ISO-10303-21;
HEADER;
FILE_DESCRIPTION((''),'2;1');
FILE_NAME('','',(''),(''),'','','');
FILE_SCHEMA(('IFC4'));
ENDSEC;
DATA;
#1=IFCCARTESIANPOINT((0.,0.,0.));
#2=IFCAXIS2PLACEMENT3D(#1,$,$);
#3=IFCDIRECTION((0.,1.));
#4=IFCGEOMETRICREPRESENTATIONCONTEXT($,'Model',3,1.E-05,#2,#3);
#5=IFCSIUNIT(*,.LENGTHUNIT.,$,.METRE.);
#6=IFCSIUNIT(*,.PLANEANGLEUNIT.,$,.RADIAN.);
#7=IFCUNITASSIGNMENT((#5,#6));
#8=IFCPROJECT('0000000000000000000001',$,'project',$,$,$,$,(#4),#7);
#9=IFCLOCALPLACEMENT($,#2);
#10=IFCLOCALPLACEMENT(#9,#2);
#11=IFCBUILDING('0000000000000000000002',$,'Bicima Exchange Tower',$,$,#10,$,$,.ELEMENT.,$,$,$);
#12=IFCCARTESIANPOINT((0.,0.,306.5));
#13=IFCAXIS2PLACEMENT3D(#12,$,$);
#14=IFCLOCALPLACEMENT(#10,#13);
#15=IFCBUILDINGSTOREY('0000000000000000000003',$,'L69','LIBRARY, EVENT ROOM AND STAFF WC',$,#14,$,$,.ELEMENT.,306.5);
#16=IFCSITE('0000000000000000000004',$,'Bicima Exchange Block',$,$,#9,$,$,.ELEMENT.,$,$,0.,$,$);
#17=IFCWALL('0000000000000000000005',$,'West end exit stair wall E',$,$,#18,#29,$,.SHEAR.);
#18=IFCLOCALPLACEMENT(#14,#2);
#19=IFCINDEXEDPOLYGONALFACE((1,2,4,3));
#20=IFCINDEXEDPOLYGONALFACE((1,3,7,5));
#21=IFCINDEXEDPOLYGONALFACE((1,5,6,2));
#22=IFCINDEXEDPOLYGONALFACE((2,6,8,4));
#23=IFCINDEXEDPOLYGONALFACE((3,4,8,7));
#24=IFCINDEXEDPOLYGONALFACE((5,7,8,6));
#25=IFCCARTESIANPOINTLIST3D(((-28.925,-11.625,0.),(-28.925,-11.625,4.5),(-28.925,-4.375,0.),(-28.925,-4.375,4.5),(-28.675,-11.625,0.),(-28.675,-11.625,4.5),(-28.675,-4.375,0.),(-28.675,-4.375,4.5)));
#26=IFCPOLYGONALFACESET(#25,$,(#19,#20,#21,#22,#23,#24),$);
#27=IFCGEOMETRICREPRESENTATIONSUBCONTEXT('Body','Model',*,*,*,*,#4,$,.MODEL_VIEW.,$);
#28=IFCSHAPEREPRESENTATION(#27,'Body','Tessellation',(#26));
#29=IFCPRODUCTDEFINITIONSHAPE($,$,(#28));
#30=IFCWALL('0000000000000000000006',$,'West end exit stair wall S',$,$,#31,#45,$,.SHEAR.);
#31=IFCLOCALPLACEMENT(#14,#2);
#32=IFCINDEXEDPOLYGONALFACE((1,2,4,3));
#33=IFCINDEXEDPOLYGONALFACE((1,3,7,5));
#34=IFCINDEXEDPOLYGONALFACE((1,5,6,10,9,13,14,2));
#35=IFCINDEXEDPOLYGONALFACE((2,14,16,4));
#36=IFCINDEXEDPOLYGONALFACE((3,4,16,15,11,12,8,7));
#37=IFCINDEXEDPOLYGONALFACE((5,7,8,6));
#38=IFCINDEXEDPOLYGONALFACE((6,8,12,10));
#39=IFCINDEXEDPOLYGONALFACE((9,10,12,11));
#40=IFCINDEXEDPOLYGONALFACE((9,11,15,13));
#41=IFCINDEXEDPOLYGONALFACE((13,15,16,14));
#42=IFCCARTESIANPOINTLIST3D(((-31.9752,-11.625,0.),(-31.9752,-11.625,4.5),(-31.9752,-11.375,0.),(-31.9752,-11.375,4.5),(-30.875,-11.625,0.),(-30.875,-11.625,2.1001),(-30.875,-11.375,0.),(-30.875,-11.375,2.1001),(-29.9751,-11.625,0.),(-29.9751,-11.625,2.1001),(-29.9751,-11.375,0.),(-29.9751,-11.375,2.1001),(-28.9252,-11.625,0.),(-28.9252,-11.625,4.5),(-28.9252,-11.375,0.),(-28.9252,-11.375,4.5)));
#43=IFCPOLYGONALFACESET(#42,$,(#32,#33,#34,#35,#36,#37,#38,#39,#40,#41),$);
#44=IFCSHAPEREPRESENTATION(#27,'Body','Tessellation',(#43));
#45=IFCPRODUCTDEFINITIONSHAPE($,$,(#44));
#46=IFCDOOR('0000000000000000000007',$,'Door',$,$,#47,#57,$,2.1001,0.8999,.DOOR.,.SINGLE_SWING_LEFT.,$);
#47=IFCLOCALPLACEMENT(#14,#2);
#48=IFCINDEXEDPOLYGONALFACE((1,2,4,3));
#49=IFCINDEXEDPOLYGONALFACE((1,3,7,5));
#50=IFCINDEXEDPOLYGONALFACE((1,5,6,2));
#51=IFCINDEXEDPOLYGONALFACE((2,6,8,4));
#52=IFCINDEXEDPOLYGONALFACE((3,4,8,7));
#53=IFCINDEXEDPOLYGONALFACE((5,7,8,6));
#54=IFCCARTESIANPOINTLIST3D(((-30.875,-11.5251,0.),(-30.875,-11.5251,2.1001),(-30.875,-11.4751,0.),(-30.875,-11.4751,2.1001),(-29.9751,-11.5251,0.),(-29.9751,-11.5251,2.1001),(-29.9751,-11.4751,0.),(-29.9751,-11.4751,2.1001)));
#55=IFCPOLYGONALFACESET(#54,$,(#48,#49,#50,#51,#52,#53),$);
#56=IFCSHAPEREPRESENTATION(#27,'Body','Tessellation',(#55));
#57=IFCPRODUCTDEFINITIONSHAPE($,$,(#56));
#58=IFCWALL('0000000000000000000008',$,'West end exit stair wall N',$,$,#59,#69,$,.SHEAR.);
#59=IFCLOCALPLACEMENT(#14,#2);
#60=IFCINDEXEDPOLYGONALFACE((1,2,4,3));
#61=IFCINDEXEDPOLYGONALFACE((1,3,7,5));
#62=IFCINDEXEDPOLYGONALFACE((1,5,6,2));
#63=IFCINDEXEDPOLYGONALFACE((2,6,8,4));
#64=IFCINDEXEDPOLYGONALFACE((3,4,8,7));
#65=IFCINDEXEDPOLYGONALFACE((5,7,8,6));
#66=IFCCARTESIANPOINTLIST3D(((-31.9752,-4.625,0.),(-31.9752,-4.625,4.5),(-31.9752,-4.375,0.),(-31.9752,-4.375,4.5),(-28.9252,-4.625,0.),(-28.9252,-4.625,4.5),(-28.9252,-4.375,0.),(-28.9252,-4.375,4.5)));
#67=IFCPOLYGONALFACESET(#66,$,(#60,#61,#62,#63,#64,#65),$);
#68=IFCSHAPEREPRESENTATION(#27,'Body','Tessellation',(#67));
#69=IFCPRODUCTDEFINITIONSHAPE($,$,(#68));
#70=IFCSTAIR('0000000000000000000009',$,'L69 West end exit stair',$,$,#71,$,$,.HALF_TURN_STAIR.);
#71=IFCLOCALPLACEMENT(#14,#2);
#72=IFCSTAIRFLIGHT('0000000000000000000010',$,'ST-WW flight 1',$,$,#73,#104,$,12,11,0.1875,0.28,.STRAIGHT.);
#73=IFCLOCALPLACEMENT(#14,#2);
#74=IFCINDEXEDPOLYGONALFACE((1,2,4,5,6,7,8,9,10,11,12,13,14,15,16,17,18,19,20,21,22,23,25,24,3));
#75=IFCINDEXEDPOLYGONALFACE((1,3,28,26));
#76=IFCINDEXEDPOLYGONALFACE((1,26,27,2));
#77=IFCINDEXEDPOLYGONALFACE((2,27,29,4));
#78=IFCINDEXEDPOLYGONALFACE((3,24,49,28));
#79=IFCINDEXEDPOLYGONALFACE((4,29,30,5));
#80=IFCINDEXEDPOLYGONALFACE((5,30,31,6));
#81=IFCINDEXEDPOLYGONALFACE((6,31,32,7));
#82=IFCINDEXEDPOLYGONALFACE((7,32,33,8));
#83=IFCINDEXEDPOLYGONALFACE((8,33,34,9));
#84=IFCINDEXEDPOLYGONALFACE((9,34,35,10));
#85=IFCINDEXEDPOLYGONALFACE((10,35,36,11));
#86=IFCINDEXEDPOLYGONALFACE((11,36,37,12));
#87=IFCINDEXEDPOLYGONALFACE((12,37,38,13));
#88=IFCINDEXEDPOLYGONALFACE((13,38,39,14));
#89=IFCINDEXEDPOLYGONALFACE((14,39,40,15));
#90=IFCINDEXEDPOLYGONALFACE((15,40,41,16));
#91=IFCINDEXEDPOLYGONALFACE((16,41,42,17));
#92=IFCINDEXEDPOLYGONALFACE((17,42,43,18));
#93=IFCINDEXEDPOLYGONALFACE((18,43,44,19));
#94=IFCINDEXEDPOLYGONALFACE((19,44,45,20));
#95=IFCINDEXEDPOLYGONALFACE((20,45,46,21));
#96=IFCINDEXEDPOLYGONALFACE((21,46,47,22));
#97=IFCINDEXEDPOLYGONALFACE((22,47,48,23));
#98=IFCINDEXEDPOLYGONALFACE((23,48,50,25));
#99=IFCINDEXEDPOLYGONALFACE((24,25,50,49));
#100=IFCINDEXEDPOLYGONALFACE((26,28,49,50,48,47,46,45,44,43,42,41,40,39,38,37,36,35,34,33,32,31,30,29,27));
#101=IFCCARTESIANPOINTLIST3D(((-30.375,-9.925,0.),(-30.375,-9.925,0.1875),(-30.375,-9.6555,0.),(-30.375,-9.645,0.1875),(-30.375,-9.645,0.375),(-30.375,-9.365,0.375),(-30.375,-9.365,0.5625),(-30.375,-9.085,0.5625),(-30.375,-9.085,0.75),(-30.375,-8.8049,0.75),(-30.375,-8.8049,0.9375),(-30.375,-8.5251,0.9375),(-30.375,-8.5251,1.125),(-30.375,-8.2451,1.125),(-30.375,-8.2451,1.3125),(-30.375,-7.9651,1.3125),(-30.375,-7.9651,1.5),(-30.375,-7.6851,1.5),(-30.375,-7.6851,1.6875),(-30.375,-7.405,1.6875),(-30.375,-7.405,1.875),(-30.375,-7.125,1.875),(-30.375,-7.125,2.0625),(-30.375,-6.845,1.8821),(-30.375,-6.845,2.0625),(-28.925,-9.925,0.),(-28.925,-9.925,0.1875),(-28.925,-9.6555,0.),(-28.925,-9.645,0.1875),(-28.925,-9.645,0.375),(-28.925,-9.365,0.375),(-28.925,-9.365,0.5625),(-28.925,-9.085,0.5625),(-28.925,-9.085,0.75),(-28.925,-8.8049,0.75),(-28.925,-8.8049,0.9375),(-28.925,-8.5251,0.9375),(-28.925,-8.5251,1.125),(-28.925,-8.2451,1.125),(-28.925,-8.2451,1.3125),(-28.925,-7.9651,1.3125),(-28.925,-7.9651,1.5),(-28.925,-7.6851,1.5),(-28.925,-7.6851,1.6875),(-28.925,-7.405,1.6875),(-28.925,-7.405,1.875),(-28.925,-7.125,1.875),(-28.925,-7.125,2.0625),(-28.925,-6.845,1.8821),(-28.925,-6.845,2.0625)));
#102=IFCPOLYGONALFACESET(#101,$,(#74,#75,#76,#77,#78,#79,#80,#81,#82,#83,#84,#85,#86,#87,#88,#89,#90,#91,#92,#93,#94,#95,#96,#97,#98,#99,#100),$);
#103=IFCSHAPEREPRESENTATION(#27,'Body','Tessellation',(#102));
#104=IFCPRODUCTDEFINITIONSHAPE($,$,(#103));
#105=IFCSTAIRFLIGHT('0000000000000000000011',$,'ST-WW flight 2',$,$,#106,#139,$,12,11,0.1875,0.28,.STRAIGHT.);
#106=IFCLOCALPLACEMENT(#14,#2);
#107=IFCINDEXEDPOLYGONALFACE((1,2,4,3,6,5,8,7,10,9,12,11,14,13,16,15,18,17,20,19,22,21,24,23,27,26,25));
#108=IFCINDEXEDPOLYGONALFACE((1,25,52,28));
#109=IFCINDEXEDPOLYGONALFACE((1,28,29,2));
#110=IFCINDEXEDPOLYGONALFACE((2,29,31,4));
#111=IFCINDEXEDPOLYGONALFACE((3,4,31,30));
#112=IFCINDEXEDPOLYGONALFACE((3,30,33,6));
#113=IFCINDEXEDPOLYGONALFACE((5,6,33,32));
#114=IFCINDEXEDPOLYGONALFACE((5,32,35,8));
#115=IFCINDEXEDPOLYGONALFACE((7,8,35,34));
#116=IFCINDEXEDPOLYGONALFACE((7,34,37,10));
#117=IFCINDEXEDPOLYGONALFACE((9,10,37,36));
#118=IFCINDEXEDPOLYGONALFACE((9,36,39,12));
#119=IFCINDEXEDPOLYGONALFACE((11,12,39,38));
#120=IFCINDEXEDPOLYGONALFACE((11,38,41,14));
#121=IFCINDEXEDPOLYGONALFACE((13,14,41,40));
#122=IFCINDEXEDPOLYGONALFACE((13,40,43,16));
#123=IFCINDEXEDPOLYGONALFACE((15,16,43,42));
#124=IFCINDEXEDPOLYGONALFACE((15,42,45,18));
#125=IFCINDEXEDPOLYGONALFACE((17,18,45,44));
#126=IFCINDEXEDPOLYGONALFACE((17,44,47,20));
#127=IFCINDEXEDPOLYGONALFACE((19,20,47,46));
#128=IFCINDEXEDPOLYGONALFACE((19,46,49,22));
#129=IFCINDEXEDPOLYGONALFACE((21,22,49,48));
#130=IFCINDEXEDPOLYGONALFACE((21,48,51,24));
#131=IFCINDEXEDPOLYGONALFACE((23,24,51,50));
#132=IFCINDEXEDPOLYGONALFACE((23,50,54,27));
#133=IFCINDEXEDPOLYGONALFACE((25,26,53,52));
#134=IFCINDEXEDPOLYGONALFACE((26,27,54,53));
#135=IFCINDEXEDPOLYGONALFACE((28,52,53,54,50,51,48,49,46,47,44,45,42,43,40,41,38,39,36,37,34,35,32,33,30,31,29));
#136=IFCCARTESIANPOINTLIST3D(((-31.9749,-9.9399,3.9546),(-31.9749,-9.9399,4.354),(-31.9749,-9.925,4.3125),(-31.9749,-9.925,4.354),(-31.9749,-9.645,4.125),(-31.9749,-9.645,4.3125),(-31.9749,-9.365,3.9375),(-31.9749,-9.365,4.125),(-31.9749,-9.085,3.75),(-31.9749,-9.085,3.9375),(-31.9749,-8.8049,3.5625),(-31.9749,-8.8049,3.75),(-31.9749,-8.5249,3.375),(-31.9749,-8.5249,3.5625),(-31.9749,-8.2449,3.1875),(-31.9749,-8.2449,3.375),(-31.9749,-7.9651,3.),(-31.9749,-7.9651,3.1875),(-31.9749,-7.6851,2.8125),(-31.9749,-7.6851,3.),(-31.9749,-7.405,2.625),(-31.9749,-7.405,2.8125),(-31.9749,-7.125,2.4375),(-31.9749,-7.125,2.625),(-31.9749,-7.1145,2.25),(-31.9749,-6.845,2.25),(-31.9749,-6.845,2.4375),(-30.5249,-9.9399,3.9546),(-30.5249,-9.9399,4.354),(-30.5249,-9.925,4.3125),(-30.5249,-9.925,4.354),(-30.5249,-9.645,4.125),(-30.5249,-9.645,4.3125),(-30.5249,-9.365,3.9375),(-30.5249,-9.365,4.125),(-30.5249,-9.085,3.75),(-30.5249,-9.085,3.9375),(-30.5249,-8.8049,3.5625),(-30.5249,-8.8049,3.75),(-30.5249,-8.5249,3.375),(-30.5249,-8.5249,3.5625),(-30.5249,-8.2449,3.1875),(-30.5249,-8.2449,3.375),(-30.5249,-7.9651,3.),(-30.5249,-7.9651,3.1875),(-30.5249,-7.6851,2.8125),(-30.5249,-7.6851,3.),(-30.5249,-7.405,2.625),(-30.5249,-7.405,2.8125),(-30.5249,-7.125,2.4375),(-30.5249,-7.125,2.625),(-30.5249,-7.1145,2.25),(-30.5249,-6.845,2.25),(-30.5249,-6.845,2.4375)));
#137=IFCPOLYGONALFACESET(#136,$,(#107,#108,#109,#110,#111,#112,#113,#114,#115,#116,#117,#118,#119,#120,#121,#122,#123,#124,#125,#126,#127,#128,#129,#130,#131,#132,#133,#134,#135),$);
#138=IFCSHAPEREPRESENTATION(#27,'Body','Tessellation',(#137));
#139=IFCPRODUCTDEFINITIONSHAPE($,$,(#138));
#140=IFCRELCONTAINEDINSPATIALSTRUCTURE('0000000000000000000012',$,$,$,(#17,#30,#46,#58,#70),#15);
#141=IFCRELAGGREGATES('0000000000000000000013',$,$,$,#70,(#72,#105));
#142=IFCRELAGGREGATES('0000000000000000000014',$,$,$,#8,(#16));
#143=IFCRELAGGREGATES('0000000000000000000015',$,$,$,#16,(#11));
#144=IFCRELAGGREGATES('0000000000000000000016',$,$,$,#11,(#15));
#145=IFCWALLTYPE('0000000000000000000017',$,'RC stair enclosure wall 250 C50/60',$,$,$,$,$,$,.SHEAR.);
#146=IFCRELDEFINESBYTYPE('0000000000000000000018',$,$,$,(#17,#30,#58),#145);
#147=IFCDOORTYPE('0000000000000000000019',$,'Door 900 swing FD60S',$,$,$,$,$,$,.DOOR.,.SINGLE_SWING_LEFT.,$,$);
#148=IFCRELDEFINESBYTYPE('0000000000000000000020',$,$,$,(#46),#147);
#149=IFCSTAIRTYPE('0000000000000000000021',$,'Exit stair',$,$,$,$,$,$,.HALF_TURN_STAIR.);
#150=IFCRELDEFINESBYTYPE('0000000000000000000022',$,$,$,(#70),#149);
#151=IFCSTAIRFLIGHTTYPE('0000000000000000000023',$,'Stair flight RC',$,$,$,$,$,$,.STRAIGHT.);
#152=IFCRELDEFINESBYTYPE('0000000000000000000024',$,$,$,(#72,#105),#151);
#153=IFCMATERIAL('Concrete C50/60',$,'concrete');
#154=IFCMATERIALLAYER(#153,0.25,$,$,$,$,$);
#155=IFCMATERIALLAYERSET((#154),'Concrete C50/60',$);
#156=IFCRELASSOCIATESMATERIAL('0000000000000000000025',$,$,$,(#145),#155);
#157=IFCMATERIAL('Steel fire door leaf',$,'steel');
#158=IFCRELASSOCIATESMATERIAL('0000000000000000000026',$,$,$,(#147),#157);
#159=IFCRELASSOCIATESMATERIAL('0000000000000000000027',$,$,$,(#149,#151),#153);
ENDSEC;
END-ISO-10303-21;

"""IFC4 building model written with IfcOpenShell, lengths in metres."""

from ifc_helpers import new_model, si_unit, direction, frame, frame_2d, origin, place, context, subcontext, project, spatial, polyline, rectangle, outline, extrude, material, layer, layer_set, type_object, element, fill, aggregate, save


model = new_model("IFC4")

# Units and contexts
model_context = context("Model", 3, precision=1e-05, world=origin(), true_north=direction((0.0, 1.0)))
body_context = subcontext(model_context, "Body", "Model", "MODEL_VIEW")
ifc_project = project(units=[si_unit("LENGTHUNIT", "METRE"), si_unit("PLANEANGLEUNIT", "RADIAN")], contexts=[model_context])

# Site, building, storey
site_placement = place(None, origin())
site = spatial("IfcSite", under=ifc_project, at=site_placement, Name="Bicima Exchange Block", CompositionType="ELEMENT", RefElevation=0.0)
building_placement = place(site_placement, origin())
building = spatial("IfcBuilding", under=site, at=building_placement, Name="Bicima Exchange Tower", CompositionType="ELEMENT")
storey_placement = place(building_placement, frame((0.0, 0.0, 306.5)))
storey = spatial("IfcBuildingStorey", under=building, at=storey_placement, Name="L69", Description="LIBRARY, EVENT ROOM AND STAFF WC", CompositionType="ELEMENT", Elevation=306.5)

# Shared definitions
ifc_material_1 = material(Name="Steel fire door leaf", Category="steel")

# Wall
ifc_material_2 = material(Name="Concrete C50/60", Category="concrete")
ifc_layer_1 = layer(ifc_material_2, 0.25)
ifc_layer_set_1 = layer_set([ifc_layer_1], Name="Concrete C50/60")
wall_type_1 = type_object("IfcWallType", Name="RC stair enclosure wall 250 C50/60", PredefinedType="SHEAR", material=ifc_layer_set_1)
wall_1_placement = place(storey_placement, frame((-28.8, -11.625, 0.0), z_axis=(0.0, 0.0, 1.0), x_axis=(0.0, 1.0, 0.0)))
element("IfcWall", 1, at=wall_1_placement, inside=storey, type_object=wall_type_1, Name="West end exit stair wall E", PredefinedType="SHEAR", context=body_context, shape_type="SweptSolid", body=[
    extrude(rectangle(XDim=7.25, YDim=0.25, at=frame_2d((3.625, 0.0))), origin(), (0.0, 0.0, 1.0), 4.5),
])

# Wall, opening, door
wall_2_placement = place(storey_placement, frame((-31.9751, -11.5, 0.0), z_axis=(0.0, 0.0, 1.0), x_axis=(1.0, 0.0, 0.0)))
wall_2 = element("IfcWall", 2, at=wall_2_placement, inside=storey, type_object=wall_type_1, Name="West end exit stair wall S", PredefinedType="SHEAR", context=body_context, shape_type="SweptSolid", body=[
    extrude(rectangle(XDim=3.05, YDim=0.25, at=frame_2d((1.5249, 0.0))), origin(), (0.0, 0.0, 1.0), 4.5),
])
opening_1_placement = place(wall_2_placement, frame((1.1001, 0.0, 0.0)))
opening_1 = element("IfcOpeningElement", 3, at=opening_1_placement, cuts=wall_2, PredefinedType="OPENING", context=body_context, shape_type="SweptSolid", body=[
    extrude(rectangle(XDim=0.8999, YDim=2.1001, at=frame_2d((0.45, 1.05))), frame((0.0, 0.137, 0.0), z_axis=(0.0, -1.0, 0.0), x_axis=(1.0, 0.0, 0.0)), (0.0, 0.0, 1.0), 0.2739),
])
door_type_1 = type_object("IfcDoorType", Name="Door 900 swing FD60S", OperationType="SINGLE_SWING_LEFT", PredefinedType="DOOR", material=ifc_material_1)
door_1_placement = place(opening_1_placement, origin())
door_1 = element("IfcDoor", 4, at=door_1_placement, inside=storey, type_object=door_type_1, Name="Door", OperationType="SINGLE_SWING_LEFT", OverallHeight=2.1001, OverallWidth=0.8999, PredefinedType="DOOR", context=body_context, shape_type="SweptSolid", body=[
    extrude(rectangle(XDim=0.8999, YDim=2.1001, at=frame_2d((0.45, 1.05))), frame((0.0, 0.0249, 0.0), z_axis=(0.0, -1.0, 0.0), x_axis=(1.0, 0.0, 0.0)), (0.0, 0.0, 1.0), 0.05),
])
fill(opening_1, door_1)

# Wall
wall_3_placement = place(storey_placement, frame((-31.9751, -4.5, 0.0), z_axis=(0.0, 0.0, 1.0), x_axis=(1.0, 0.0, 0.0)))
element("IfcWall", 5, at=wall_3_placement, inside=storey, type_object=wall_type_1, Name="West end exit stair wall N", PredefinedType="SHEAR", context=body_context, shape_type="SweptSolid", body=[
    extrude(rectangle(XDim=3.05, YDim=0.25, at=frame_2d((1.5249, 0.0))), origin(), (0.0, 0.0, 1.0), 4.5),
])

# Stair, stair flights
stair_type = type_object("IfcStairType", Name="Exit stair", PredefinedType="HALF_TURN_STAIR", material=ifc_material_2)
stair_placement = place(storey_placement, origin())
stair = element("IfcStair", 6, at=stair_placement, inside=storey, type_object=stair_type, Name="L69 West end exit stair", PredefinedType="HALF_TURN_STAIR")
stair_flight_type = type_object("IfcStairFlightType", Name="Stair flight RC", PredefinedType="STRAIGHT", material=ifc_material_2)
stair_flight_1_placement = place(storey_placement, frame((-29.6499, -9.925, 0.0), z_axis=(0.0, 0.0, 1.0), x_axis=(0.0, 1.0, 0.0)))
stair_flight_1 = element("IfcStairFlight", 7, at=stair_flight_1_placement, type_object=stair_flight_type, Name="ST-WW flight 1", NumberOfRisers=12, NumberOfTreads=11, PredefinedType="STRAIGHT", RiserHeight=0.1875, TreadLength=0.28, context=body_context, shape_type="SweptSolid", body=[
    extrude(outline(polyline([(0.0, 0.0), (0.0, 0.1875), (0.28, 0.1875), (0.28, 0.375), (0.5601, 0.375), (0.5601, 0.5625), (0.8401, 0.5625), (0.8401, 0.75), (1.1201, 0.75), (1.1201, 0.9375), (1.3999, 0.9375), (1.3999, 1.125), (1.6799, 1.125), (1.6799, 1.3125), (1.96, 1.3125), (1.96, 1.5), (2.24, 1.5), (2.24, 1.6875), (2.52, 1.6875), (2.52, 1.875), (2.8, 1.875), (2.8, 2.0625), (3.0801, 2.0625), (3.0801, 2.25), (3.0801, 1.8821), (0.2695, 0.0), (0.0, 0.0)])), frame((0.0, 0.7251, 0.0), z_axis=(0.0, -1.0, 0.0), x_axis=(1.0, 0.0, 0.0)), (0.0, 0.0, 1.0), 1.45),
])
stair_flight_2_placement = place(storey_placement, frame((-31.25, -6.845, 2.25), z_axis=(0.0, 0.0, 1.0), x_axis=(0.0, -1.0, 0.0)))
stair_flight_2 = element("IfcStairFlight", 8, at=stair_flight_2_placement, type_object=stair_flight_type, Name="ST-WW flight 2", NumberOfRisers=12, NumberOfTreads=11, PredefinedType="STRAIGHT", RiserHeight=0.1875, TreadLength=0.28, context=body_context, shape_type="SweptSolid", body=[
    extrude(outline(polyline([(0.0, 0.0), (0.0, 0.1875), (0.28, 0.1875), (0.28, 0.375), (0.5601, 0.375), (0.5601, 0.5625), (0.8401, 0.5625), (0.8401, 0.75), (1.1201, 0.75), (1.1201, 0.9375), (1.3999, 0.9375), (1.3999, 1.125), (1.6799, 1.125), (1.6799, 1.3125), (1.96, 1.3125), (1.96, 1.5), (2.24, 1.5), (2.24, 1.6875), (2.52, 1.6875), (2.52, 1.875), (2.8, 1.875), (2.8, 2.0625), (3.0801, 2.0625), (3.0801, 2.104), (3.095, 2.104), (3.095, 1.7046), (0.2695, 0.0), (0.0, 0.0)])), frame((0.0, 0.7251, 0.0), z_axis=(0.0, -1.0, 0.0), x_axis=(1.0, 0.0, 0.0)), (0.0, 0.0, 1.0), 1.45),
])
aggregate(stair, [stair_flight_1, stair_flight_2])

save(model, "model.ifc")
